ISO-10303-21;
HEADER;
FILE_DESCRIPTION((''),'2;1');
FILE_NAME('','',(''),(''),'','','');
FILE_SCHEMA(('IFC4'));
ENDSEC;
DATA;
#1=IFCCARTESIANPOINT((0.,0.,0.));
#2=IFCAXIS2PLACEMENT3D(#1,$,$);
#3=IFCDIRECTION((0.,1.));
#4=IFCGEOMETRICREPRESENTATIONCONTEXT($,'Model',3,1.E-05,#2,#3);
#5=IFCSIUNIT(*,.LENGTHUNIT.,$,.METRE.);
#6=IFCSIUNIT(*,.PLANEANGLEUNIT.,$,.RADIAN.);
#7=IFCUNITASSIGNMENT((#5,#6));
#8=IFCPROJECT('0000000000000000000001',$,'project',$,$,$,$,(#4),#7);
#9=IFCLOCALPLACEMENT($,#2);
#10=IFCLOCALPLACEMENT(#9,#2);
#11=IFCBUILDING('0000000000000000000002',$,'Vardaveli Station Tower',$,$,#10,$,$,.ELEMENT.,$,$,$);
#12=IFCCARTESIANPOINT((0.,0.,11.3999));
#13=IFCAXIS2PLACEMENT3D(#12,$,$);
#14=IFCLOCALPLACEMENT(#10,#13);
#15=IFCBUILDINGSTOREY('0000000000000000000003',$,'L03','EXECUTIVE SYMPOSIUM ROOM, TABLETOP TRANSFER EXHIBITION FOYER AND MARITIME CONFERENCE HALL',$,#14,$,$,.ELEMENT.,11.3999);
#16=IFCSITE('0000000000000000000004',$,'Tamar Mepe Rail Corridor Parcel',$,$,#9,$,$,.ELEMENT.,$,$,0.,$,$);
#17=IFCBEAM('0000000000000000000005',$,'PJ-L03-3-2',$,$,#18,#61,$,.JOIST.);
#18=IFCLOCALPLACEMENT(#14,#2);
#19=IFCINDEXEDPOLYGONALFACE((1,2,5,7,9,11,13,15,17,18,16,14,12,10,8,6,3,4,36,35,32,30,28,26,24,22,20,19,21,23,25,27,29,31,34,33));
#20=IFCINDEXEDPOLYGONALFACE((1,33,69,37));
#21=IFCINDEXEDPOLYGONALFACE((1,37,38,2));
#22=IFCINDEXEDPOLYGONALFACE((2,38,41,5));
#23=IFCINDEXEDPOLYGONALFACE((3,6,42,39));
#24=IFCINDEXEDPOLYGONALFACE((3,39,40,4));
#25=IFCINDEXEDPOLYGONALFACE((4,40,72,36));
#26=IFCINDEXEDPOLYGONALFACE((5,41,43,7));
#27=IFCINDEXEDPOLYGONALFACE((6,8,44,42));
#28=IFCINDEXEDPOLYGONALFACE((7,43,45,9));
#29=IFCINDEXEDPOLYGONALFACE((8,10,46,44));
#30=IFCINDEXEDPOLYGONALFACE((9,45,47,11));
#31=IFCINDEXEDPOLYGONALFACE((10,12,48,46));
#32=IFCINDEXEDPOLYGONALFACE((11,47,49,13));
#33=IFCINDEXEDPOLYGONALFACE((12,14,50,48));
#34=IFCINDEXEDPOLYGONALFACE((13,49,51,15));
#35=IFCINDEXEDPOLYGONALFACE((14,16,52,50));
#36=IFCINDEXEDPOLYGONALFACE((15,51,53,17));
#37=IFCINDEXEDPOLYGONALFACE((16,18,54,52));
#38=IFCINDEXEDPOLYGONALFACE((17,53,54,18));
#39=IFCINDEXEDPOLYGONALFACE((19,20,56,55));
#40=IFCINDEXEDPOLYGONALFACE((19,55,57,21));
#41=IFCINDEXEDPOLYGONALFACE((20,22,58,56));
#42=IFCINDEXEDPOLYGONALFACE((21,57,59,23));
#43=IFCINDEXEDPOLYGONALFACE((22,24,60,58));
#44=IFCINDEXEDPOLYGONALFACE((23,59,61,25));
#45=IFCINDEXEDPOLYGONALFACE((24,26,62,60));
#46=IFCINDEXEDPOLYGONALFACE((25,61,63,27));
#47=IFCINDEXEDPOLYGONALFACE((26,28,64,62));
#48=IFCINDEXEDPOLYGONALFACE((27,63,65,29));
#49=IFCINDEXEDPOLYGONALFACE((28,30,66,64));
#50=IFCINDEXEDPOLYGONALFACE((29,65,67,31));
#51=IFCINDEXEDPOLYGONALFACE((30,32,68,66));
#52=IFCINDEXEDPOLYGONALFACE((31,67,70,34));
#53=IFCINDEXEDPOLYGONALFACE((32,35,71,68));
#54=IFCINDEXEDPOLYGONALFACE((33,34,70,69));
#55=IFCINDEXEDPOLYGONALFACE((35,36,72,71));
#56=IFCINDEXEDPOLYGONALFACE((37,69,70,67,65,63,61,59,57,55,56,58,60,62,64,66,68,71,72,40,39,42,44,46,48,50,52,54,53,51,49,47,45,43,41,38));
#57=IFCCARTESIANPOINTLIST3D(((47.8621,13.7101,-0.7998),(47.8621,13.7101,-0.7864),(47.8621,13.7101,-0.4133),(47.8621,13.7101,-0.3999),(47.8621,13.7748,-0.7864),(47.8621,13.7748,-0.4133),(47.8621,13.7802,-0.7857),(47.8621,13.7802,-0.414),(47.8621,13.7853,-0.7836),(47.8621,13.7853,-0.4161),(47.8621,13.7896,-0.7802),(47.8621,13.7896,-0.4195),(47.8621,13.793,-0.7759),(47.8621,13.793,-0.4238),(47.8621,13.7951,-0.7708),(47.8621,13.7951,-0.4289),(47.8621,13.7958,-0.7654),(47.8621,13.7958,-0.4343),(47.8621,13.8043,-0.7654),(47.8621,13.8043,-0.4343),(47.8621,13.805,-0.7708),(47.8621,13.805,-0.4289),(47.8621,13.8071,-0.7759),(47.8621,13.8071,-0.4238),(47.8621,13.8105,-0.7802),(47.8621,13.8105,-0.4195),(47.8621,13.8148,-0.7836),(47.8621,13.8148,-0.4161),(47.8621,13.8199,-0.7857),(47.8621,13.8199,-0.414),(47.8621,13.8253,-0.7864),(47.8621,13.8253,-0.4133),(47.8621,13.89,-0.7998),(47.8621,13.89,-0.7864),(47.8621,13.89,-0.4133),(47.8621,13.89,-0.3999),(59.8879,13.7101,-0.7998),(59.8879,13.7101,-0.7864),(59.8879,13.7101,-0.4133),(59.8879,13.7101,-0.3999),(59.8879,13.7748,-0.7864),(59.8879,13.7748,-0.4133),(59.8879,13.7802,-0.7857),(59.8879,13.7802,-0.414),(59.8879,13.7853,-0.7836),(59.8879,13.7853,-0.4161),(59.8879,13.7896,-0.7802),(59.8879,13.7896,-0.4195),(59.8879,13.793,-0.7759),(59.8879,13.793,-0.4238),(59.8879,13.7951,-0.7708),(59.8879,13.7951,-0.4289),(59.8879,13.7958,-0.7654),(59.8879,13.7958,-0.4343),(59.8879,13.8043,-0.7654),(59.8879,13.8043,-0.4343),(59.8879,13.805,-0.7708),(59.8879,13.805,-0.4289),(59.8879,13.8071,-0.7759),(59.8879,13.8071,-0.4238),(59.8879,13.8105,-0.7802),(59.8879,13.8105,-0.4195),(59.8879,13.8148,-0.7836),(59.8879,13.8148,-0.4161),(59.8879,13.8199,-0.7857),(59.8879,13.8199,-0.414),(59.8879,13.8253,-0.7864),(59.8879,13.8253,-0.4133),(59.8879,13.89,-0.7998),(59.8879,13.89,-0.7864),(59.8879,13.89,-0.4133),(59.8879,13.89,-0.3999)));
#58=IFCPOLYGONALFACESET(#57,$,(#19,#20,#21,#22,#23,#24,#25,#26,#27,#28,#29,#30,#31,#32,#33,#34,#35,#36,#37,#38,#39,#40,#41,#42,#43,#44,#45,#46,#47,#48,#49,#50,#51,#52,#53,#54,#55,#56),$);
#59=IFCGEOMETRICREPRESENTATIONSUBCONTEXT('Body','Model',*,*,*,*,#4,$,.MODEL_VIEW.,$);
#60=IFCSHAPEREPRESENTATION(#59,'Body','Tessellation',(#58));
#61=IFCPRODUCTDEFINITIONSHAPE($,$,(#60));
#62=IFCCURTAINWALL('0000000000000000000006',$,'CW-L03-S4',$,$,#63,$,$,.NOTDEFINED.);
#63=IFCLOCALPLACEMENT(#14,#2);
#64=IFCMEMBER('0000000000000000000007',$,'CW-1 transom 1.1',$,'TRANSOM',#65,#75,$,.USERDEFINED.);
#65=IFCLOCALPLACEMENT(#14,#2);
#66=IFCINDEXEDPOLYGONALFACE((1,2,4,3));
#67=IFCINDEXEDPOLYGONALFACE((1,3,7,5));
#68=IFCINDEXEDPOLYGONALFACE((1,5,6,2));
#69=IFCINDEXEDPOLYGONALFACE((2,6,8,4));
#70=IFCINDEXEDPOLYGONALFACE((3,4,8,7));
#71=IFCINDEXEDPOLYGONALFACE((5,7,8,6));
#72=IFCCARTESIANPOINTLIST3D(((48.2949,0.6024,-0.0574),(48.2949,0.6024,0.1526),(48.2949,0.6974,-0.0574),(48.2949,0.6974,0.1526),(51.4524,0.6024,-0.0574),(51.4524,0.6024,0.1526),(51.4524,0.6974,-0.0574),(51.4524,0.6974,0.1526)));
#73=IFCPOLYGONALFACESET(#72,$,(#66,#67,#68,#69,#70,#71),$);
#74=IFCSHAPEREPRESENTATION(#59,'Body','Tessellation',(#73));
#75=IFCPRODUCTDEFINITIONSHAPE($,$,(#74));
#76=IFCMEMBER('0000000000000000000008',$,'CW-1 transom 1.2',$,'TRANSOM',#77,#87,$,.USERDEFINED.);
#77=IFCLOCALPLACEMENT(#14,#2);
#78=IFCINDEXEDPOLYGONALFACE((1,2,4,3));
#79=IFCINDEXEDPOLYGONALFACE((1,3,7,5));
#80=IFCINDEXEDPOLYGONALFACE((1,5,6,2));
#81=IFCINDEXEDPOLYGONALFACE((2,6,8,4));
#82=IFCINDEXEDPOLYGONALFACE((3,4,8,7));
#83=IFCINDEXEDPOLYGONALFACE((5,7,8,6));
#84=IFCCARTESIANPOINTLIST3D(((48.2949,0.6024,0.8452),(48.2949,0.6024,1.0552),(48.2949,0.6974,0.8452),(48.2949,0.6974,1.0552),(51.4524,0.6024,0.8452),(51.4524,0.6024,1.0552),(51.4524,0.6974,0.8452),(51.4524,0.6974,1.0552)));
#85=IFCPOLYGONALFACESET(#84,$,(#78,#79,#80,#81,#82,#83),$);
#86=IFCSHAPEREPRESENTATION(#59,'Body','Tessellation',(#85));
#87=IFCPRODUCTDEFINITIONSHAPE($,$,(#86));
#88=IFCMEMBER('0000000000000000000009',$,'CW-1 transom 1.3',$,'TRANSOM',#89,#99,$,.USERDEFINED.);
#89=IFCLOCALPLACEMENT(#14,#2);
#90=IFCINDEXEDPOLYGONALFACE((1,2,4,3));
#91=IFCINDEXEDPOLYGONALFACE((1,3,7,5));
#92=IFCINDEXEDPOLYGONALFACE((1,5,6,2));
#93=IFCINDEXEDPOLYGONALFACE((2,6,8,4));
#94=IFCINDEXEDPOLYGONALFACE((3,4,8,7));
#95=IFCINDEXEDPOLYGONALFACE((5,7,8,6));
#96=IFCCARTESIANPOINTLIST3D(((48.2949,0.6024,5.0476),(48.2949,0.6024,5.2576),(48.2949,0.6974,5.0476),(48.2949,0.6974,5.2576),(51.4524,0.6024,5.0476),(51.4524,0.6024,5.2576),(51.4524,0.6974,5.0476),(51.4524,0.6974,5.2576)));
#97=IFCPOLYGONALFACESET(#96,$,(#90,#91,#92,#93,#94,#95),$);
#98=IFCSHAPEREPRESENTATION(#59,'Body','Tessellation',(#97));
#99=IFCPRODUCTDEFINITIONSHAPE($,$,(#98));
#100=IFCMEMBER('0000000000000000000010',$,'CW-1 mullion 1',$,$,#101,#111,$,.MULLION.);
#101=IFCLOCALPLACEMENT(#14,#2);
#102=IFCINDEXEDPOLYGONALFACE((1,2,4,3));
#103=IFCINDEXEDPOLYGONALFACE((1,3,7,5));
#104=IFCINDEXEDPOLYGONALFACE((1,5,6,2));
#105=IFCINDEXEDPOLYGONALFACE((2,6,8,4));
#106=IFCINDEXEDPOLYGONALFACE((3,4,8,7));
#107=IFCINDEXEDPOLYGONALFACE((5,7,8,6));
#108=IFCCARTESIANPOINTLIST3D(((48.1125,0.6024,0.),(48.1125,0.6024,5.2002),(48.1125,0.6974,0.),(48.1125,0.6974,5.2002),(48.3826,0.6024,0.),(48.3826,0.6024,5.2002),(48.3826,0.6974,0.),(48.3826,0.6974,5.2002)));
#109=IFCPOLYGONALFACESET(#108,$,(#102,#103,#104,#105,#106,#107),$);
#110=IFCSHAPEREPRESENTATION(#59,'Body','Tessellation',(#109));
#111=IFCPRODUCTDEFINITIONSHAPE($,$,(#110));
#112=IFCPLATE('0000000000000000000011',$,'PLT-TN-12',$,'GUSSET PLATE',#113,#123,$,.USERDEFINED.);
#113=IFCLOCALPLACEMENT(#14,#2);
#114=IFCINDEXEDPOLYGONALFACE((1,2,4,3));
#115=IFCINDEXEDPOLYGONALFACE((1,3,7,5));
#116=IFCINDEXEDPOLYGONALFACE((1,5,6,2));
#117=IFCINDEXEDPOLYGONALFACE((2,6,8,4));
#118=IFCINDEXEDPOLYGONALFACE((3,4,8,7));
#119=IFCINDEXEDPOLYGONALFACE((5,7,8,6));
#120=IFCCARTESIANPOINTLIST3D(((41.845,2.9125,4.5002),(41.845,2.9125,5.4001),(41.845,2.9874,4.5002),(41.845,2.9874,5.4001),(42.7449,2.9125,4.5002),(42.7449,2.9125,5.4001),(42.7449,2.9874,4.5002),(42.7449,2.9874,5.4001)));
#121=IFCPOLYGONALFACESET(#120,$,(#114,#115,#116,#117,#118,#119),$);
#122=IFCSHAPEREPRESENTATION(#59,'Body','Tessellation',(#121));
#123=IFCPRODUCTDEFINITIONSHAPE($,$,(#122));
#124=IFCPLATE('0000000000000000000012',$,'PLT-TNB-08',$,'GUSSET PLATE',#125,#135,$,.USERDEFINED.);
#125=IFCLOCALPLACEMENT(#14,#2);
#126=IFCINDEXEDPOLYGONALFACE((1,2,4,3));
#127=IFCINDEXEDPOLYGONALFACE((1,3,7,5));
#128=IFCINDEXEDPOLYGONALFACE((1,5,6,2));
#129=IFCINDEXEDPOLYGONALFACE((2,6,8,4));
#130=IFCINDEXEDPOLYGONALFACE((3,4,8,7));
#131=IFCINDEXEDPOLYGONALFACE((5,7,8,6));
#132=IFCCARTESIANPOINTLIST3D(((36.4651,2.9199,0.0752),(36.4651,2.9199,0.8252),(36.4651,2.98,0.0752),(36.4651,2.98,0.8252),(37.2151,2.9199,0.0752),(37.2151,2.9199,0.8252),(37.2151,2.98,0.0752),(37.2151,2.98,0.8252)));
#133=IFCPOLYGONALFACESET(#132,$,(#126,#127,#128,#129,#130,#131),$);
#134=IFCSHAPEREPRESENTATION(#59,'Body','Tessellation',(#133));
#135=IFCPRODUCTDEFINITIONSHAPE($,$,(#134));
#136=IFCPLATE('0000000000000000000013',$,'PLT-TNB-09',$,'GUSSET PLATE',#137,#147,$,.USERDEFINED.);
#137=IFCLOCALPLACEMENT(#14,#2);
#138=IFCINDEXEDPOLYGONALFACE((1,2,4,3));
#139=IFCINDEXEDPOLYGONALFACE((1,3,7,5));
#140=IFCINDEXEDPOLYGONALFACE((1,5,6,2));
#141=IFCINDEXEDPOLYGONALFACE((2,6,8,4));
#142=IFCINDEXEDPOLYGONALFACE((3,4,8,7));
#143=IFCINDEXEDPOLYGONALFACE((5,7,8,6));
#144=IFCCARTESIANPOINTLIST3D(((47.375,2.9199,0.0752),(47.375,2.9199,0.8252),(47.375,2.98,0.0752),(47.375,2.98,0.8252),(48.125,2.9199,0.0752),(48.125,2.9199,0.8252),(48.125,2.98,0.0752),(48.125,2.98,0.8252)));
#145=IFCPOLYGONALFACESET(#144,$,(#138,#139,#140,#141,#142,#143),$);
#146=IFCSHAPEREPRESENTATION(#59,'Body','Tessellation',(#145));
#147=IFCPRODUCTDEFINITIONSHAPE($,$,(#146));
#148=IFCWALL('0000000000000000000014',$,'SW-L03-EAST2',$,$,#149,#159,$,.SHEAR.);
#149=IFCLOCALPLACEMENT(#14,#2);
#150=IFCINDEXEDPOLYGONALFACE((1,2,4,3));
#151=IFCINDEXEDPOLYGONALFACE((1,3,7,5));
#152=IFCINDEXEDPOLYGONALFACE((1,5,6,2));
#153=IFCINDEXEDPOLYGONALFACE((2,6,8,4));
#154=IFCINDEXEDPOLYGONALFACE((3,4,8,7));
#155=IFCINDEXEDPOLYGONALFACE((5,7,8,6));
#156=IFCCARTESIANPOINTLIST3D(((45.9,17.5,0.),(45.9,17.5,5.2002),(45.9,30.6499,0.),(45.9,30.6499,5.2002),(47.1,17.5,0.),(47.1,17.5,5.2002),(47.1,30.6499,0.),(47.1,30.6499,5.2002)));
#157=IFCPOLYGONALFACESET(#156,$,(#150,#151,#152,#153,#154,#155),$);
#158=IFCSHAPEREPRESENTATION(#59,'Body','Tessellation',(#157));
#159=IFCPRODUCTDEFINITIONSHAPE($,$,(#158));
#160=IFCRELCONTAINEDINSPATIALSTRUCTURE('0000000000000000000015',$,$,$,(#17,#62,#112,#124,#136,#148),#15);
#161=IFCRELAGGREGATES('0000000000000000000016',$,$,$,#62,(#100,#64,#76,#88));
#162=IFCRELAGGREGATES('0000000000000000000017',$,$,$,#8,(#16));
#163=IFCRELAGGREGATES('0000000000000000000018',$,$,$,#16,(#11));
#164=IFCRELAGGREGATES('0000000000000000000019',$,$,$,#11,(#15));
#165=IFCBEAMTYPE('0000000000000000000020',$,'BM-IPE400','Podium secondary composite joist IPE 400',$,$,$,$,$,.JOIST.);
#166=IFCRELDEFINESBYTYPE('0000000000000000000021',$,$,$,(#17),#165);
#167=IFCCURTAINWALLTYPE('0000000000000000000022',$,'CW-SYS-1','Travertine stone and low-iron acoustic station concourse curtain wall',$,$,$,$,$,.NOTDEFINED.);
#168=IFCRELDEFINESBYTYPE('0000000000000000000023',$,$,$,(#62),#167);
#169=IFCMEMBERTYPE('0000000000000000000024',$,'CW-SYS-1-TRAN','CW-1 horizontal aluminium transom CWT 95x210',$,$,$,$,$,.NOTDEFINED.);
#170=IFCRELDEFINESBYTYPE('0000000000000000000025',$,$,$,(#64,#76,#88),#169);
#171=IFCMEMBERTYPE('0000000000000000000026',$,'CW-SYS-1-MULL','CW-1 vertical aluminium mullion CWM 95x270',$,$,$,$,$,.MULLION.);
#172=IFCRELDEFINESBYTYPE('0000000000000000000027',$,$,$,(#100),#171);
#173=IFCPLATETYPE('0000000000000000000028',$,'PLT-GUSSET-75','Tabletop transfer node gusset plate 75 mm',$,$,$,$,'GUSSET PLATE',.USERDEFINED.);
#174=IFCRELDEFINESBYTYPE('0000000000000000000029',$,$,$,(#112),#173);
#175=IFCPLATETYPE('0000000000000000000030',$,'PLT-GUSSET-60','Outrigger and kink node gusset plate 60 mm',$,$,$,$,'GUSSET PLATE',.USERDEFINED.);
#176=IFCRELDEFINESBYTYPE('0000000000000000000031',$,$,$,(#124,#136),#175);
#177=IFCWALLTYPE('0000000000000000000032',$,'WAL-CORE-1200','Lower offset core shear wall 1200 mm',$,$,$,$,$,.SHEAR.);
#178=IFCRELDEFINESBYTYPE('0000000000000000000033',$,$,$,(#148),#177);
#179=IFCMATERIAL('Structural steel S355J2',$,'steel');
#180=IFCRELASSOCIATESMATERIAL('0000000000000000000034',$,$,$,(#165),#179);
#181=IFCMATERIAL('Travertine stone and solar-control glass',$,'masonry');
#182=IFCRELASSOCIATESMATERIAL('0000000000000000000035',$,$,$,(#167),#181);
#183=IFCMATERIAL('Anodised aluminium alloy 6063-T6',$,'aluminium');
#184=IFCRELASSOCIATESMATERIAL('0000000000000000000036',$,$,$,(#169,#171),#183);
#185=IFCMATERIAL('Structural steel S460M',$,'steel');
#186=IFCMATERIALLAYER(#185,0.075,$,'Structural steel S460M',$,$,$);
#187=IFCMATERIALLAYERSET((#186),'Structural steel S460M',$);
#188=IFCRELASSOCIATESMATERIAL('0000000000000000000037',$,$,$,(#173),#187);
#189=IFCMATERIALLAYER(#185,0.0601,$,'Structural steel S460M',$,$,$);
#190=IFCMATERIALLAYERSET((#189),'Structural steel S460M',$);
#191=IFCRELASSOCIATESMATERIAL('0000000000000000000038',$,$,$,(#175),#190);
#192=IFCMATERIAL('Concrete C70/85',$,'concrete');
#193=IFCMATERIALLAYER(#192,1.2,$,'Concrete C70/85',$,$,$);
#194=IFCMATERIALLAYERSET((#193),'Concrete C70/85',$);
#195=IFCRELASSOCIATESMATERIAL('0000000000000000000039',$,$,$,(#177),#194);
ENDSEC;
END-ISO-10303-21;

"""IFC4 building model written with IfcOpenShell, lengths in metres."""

from ifc_helpers import new_model, si_unit, direction, frame, frame_2d, origin, origin_2d, place, context, subcontext, project, spatial, rectangle, i_section, extrude, source, transform, mapped, material, layer, layer_set, material_profile, profile_set, type_object, element, aggregate, save


model = new_model("IFC4")

# Units and contexts
model_context = context("Model", 3, precision=1e-05, world=origin(), true_north=direction((0.0, 1.0)))
body_context = subcontext(model_context, "Body", "Model", "MODEL_VIEW")
ifc_project = project(units=[si_unit("LENGTHUNIT", "METRE"), si_unit("PLANEANGLEUNIT", "RADIAN")], contexts=[model_context])

# Site, building, storey
site_placement = place(None, origin())
site = spatial("IfcSite", under=ifc_project, at=site_placement, Name="Tamar Mepe Rail Corridor Parcel", CompositionType="ELEMENT", RefElevation=0.0)
building_placement = place(site_placement, origin())
building = spatial("IfcBuilding", under=site, at=building_placement, Name="Vardaveli Station Tower", CompositionType="ELEMENT")
storey_placement = place(building_placement, frame((0.0, 0.0, 11.3999)))
storey = spatial("IfcBuildingStorey", under=building, at=storey_placement, Name="L03", Description="EXECUTIVE SYMPOSIUM ROOM, TABLETOP TRANSFER EXHIBITION FOYER AND MARITIME CONFERENCE HALL", CompositionType="ELEMENT", Elevation=11.3999)

# Shared definitions
ifc_material_1 = material(Name="Structural steel S460M", Category="steel")
ifc_material_2 = material(Name="Concrete C70/85", Category="concrete")

# Beam
ifc_material_3 = material(Name="Structural steel S355J2", Category="steel")
ifc_material_profile_1 = material_profile(ifc_material_3, i_section(OverallWidth=0.1799, OverallDepth=0.3999, WebThickness=0.0085, FlangeThickness=0.0134, FilletRadius=0.021, at=origin_2d()), Name="IPE 400")
ifc_profile_set_1 = profile_set([ifc_material_profile_1], Name="Structural steel S355J2")
beam_type_1 = type_object("IfcBeamType", Name="BM-IPE400", Description="Podium secondary composite joist IPE 400", PredefinedType="JOIST", material=ifc_profile_set_1)
shared_shape_1 = source(origin(), body_context, "Body", "SweptSolid", [
    extrude(i_section(OverallWidth=0.1799, OverallDepth=0.3999, WebThickness=0.0085, FlangeThickness=0.0134, FilletRadius=0.021, at=origin_2d()), origin(), (0.0, 0.0, 1.0), 12.0259),
])
for number, where, z_axis, x_axis, name in (
    (1, (47.8621, 13.8, -0.5999), (1.0, 0.0, 0.0), (0.0, 1.0, 0.0), "PJ-L03-3-2"),
):
    element("IfcBeam", number, at=place(storey_placement, frame(where, z_axis=z_axis, x_axis=x_axis)), inside=storey, type_object=beam_type_1, Name=name, PredefinedType="JOIST", context=body_context, shape_type="MappedRepresentation", body=[
        mapped(shared_shape_1, transform((0.0, 0.0, 0.0), scale=1.0)),
    ])

# Curtain wall, members
ifc_material_4 = material(Name="Travertine stone and solar-control glass", Category="masonry")
curtain_wall_type = type_object("IfcCurtainWallType", Name="CW-SYS-1", Description="Travertine stone and low-iron acoustic station concourse curtain wall", PredefinedType="NOTDEFINED", material=ifc_material_4)
curtain_wall_placement = place(storey_placement, origin())
curtain_wall = element("IfcCurtainWall", 2, at=curtain_wall_placement, inside=storey, type_object=curtain_wall_type, Name="CW-L03-S4", PredefinedType="NOTDEFINED")
ifc_material_5 = material(Name="Anodised aluminium alloy 6063-T6", Category="aluminium")
ifc_material_profile_2 = material_profile(ifc_material_5, rectangle(XDim=0.095, YDim=0.21, at=origin_2d()), Name="CWT 95x210")
ifc_profile_set_2 = profile_set([ifc_material_profile_2], Name="Anodised aluminium alloy 6063-T6")
member_type_1 = type_object("IfcMemberType", Name="CW-SYS-1-TRAN", Description="CW-1 horizontal aluminium transom CWT 95x210", PredefinedType="NOTDEFINED", material=ifc_profile_set_2)
shared_shape_2 = source(origin(), body_context, "Body", "SweptSolid", [
    extrude(rectangle(XDim=0.095, YDim=0.21, at=origin_2d()), origin(), (0.0, 0.0, 1.0), 3.1575),
])
member_1_placement = place(storey_placement, frame((48.2949, 0.6499, 0.0476), z_axis=(1.0, 0.0, 0.0), x_axis=(0.0, 1.0, 0.0)))
member_1 = element("IfcMember", 3, at=member_1_placement, type_object=member_type_1, Name="CW-1 transom 1.1", ObjectType="TRANSOM", PredefinedType="USERDEFINED", context=body_context, shape_type="MappedRepresentation", body=[
    mapped(shared_shape_2, transform((0.0, 0.0, 0.0), scale=1.0)),
])
member_2_placement = place(storey_placement, frame((48.2949, 0.6499, 0.9502), z_axis=(1.0, 0.0, 0.0), x_axis=(0.0, 1.0, 0.0)))
member_2 = element("IfcMember", 4, at=member_2_placement, type_object=member_type_1, Name="CW-1 transom 1.2", ObjectType="TRANSOM", PredefinedType="USERDEFINED", context=body_context, shape_type="MappedRepresentation", body=[
    mapped(shared_shape_2, transform((0.0, 0.0, 0.0), scale=1.0)),
])
member_3_placement = place(storey_placement, frame((48.2949, 0.6499, 5.1526), z_axis=(1.0, 0.0, 0.0), x_axis=(0.0, 1.0, 0.0)))
member_3 = element("IfcMember", 5, at=member_3_placement, type_object=member_type_1, Name="CW-1 transom 1.3", ObjectType="TRANSOM", PredefinedType="USERDEFINED", context=body_context, shape_type="MappedRepresentation", body=[
    mapped(shared_shape_2, transform((0.0, 0.0, 0.0), scale=1.0)),
])
ifc_material_profile_3 = material_profile(ifc_material_5, rectangle(XDim=0.095, YDim=0.27, at=origin_2d()), Name="CWM 95x270")
ifc_profile_set_3 = profile_set([ifc_material_profile_3], Name="Anodised aluminium alloy 6063-T6")
member_type_2 = type_object("IfcMemberType", Name="CW-SYS-1-MULL", Description="CW-1 vertical aluminium mullion CWM 95x270", PredefinedType="MULLION", material=ifc_profile_set_3)
shared_shape_3 = source(origin(), body_context, "Body", "SweptSolid", [
    extrude(rectangle(XDim=0.095, YDim=0.27, at=origin_2d()), origin(), (0.0, 0.0, 1.0), 5.2002),
])
member_4_placement = place(storey_placement, frame((48.2476, 0.6499, 0.0), z_axis=(0.0, 0.0, 1.0), x_axis=(0.0, 1.0, 0.0)))
member_4 = element("IfcMember", 6, at=member_4_placement, type_object=member_type_2, Name="CW-1 mullion 1", PredefinedType="MULLION", context=body_context, shape_type="MappedRepresentation", body=[
    mapped(shared_shape_3, transform((0.0, 0.0, 0.0), scale=1.0)),
])
aggregate(curtain_wall, [member_4, member_1, member_2, member_3])

# Plates
ifc_layer_1 = layer(ifc_material_1, 0.075, Name="Structural steel S460M")
ifc_layer_set_1 = layer_set([ifc_layer_1], Name="Structural steel S460M")
plate_type_1 = type_object("IfcPlateType", Name="PLT-GUSSET-75", Description="Tabletop transfer node gusset plate 75 mm", ElementType="GUSSET PLATE", PredefinedType="USERDEFINED", material=ifc_layer_set_1)
shared_shape_4 = source(origin(), body_context, "Body", "SweptSolid", [
    extrude(rectangle(XDim=0.8999, YDim=0.075, at=origin_2d()), origin(), (0.0, 0.0, 1.0), 0.8999),
])
plate_placement = place(storey_placement, frame((42.2949, 2.95, 4.5002), z_axis=(0.0, 0.0, 1.0), x_axis=(1.0, 0.0, 0.0)))
element("IfcPlate", 7, at=plate_placement, inside=storey, type_object=plate_type_1, Name="PLT-TN-12", ObjectType="GUSSET PLATE", PredefinedType="USERDEFINED", context=body_context, shape_type="MappedRepresentation", body=[
    mapped(shared_shape_4, transform((0.0, 0.0, 0.0), scale=1.0)),
])
ifc_layer_2 = layer(ifc_material_1, 0.0601, Name="Structural steel S460M")
ifc_layer_set_2 = layer_set([ifc_layer_2], Name="Structural steel S460M")
plate_type_2 = type_object("IfcPlateType", Name="PLT-GUSSET-60", Description="Outrigger and kink node gusset plate 60 mm", ElementType="GUSSET PLATE", PredefinedType="USERDEFINED", material=ifc_layer_set_2)
shared_shape_5 = source(origin(), body_context, "Body", "SweptSolid", [
    extrude(rectangle(XDim=0.75, YDim=0.0601, at=origin_2d()), origin(), (0.0, 0.0, 1.0), 0.75),
])
for number, where, z_axis, x_axis, name in (
    (8, (36.8401, 2.95, 0.0752), (0.0, 0.0, 1.0), (1.0, 0.0, 0.0), "PLT-TNB-08"),
    (9, (47.75, 2.95, 0.0752), (0.0, 0.0, 1.0), (1.0, 0.0, 0.0), "PLT-TNB-09"),
):
    element("IfcPlate", number, at=place(storey_placement, frame(where, z_axis=z_axis, x_axis=x_axis)), inside=storey, type_object=plate_type_2, Name=name, ObjectType="GUSSET PLATE", PredefinedType="USERDEFINED", context=body_context, shape_type="MappedRepresentation", body=[
        mapped(shared_shape_5, transform((0.0, 0.0, 0.0), scale=1.0)),
    ])

# Wall
ifc_layer_3 = layer(ifc_material_2, 1.2, Name="Concrete C70/85")
ifc_layer_set_3 = layer_set([ifc_layer_3], Name="Concrete C70/85")
wall_type = type_object("IfcWallType", Name="WAL-CORE-1200", Description="Lower offset core shear wall 1200 mm", PredefinedType="SHEAR", material=ifc_layer_set_3)
shared_shape_6 = source(origin(), body_context, "Body", "SweptSolid", [
    extrude(rectangle(XDim=13.1499, YDim=1.2, at=frame_2d((6.575, 0.0))), origin(), (0.0, 0.0, 1.0), 5.2002),
])
wall_placement = place(storey_placement, frame((46.5, 17.5, 0.0), z_axis=(0.0, 0.0, 1.0), x_axis=(0.0, 1.0, 0.0)))
element("IfcWall", 10, at=wall_placement, inside=storey, type_object=wall_type, Name="SW-L03-EAST2", PredefinedType="SHEAR", context=body_context, shape_type="MappedRepresentation", body=[
    mapped(shared_shape_6, transform((0.0, 0.0, 0.0), scale=1.0)),
])

save(model, "model.ifc")
